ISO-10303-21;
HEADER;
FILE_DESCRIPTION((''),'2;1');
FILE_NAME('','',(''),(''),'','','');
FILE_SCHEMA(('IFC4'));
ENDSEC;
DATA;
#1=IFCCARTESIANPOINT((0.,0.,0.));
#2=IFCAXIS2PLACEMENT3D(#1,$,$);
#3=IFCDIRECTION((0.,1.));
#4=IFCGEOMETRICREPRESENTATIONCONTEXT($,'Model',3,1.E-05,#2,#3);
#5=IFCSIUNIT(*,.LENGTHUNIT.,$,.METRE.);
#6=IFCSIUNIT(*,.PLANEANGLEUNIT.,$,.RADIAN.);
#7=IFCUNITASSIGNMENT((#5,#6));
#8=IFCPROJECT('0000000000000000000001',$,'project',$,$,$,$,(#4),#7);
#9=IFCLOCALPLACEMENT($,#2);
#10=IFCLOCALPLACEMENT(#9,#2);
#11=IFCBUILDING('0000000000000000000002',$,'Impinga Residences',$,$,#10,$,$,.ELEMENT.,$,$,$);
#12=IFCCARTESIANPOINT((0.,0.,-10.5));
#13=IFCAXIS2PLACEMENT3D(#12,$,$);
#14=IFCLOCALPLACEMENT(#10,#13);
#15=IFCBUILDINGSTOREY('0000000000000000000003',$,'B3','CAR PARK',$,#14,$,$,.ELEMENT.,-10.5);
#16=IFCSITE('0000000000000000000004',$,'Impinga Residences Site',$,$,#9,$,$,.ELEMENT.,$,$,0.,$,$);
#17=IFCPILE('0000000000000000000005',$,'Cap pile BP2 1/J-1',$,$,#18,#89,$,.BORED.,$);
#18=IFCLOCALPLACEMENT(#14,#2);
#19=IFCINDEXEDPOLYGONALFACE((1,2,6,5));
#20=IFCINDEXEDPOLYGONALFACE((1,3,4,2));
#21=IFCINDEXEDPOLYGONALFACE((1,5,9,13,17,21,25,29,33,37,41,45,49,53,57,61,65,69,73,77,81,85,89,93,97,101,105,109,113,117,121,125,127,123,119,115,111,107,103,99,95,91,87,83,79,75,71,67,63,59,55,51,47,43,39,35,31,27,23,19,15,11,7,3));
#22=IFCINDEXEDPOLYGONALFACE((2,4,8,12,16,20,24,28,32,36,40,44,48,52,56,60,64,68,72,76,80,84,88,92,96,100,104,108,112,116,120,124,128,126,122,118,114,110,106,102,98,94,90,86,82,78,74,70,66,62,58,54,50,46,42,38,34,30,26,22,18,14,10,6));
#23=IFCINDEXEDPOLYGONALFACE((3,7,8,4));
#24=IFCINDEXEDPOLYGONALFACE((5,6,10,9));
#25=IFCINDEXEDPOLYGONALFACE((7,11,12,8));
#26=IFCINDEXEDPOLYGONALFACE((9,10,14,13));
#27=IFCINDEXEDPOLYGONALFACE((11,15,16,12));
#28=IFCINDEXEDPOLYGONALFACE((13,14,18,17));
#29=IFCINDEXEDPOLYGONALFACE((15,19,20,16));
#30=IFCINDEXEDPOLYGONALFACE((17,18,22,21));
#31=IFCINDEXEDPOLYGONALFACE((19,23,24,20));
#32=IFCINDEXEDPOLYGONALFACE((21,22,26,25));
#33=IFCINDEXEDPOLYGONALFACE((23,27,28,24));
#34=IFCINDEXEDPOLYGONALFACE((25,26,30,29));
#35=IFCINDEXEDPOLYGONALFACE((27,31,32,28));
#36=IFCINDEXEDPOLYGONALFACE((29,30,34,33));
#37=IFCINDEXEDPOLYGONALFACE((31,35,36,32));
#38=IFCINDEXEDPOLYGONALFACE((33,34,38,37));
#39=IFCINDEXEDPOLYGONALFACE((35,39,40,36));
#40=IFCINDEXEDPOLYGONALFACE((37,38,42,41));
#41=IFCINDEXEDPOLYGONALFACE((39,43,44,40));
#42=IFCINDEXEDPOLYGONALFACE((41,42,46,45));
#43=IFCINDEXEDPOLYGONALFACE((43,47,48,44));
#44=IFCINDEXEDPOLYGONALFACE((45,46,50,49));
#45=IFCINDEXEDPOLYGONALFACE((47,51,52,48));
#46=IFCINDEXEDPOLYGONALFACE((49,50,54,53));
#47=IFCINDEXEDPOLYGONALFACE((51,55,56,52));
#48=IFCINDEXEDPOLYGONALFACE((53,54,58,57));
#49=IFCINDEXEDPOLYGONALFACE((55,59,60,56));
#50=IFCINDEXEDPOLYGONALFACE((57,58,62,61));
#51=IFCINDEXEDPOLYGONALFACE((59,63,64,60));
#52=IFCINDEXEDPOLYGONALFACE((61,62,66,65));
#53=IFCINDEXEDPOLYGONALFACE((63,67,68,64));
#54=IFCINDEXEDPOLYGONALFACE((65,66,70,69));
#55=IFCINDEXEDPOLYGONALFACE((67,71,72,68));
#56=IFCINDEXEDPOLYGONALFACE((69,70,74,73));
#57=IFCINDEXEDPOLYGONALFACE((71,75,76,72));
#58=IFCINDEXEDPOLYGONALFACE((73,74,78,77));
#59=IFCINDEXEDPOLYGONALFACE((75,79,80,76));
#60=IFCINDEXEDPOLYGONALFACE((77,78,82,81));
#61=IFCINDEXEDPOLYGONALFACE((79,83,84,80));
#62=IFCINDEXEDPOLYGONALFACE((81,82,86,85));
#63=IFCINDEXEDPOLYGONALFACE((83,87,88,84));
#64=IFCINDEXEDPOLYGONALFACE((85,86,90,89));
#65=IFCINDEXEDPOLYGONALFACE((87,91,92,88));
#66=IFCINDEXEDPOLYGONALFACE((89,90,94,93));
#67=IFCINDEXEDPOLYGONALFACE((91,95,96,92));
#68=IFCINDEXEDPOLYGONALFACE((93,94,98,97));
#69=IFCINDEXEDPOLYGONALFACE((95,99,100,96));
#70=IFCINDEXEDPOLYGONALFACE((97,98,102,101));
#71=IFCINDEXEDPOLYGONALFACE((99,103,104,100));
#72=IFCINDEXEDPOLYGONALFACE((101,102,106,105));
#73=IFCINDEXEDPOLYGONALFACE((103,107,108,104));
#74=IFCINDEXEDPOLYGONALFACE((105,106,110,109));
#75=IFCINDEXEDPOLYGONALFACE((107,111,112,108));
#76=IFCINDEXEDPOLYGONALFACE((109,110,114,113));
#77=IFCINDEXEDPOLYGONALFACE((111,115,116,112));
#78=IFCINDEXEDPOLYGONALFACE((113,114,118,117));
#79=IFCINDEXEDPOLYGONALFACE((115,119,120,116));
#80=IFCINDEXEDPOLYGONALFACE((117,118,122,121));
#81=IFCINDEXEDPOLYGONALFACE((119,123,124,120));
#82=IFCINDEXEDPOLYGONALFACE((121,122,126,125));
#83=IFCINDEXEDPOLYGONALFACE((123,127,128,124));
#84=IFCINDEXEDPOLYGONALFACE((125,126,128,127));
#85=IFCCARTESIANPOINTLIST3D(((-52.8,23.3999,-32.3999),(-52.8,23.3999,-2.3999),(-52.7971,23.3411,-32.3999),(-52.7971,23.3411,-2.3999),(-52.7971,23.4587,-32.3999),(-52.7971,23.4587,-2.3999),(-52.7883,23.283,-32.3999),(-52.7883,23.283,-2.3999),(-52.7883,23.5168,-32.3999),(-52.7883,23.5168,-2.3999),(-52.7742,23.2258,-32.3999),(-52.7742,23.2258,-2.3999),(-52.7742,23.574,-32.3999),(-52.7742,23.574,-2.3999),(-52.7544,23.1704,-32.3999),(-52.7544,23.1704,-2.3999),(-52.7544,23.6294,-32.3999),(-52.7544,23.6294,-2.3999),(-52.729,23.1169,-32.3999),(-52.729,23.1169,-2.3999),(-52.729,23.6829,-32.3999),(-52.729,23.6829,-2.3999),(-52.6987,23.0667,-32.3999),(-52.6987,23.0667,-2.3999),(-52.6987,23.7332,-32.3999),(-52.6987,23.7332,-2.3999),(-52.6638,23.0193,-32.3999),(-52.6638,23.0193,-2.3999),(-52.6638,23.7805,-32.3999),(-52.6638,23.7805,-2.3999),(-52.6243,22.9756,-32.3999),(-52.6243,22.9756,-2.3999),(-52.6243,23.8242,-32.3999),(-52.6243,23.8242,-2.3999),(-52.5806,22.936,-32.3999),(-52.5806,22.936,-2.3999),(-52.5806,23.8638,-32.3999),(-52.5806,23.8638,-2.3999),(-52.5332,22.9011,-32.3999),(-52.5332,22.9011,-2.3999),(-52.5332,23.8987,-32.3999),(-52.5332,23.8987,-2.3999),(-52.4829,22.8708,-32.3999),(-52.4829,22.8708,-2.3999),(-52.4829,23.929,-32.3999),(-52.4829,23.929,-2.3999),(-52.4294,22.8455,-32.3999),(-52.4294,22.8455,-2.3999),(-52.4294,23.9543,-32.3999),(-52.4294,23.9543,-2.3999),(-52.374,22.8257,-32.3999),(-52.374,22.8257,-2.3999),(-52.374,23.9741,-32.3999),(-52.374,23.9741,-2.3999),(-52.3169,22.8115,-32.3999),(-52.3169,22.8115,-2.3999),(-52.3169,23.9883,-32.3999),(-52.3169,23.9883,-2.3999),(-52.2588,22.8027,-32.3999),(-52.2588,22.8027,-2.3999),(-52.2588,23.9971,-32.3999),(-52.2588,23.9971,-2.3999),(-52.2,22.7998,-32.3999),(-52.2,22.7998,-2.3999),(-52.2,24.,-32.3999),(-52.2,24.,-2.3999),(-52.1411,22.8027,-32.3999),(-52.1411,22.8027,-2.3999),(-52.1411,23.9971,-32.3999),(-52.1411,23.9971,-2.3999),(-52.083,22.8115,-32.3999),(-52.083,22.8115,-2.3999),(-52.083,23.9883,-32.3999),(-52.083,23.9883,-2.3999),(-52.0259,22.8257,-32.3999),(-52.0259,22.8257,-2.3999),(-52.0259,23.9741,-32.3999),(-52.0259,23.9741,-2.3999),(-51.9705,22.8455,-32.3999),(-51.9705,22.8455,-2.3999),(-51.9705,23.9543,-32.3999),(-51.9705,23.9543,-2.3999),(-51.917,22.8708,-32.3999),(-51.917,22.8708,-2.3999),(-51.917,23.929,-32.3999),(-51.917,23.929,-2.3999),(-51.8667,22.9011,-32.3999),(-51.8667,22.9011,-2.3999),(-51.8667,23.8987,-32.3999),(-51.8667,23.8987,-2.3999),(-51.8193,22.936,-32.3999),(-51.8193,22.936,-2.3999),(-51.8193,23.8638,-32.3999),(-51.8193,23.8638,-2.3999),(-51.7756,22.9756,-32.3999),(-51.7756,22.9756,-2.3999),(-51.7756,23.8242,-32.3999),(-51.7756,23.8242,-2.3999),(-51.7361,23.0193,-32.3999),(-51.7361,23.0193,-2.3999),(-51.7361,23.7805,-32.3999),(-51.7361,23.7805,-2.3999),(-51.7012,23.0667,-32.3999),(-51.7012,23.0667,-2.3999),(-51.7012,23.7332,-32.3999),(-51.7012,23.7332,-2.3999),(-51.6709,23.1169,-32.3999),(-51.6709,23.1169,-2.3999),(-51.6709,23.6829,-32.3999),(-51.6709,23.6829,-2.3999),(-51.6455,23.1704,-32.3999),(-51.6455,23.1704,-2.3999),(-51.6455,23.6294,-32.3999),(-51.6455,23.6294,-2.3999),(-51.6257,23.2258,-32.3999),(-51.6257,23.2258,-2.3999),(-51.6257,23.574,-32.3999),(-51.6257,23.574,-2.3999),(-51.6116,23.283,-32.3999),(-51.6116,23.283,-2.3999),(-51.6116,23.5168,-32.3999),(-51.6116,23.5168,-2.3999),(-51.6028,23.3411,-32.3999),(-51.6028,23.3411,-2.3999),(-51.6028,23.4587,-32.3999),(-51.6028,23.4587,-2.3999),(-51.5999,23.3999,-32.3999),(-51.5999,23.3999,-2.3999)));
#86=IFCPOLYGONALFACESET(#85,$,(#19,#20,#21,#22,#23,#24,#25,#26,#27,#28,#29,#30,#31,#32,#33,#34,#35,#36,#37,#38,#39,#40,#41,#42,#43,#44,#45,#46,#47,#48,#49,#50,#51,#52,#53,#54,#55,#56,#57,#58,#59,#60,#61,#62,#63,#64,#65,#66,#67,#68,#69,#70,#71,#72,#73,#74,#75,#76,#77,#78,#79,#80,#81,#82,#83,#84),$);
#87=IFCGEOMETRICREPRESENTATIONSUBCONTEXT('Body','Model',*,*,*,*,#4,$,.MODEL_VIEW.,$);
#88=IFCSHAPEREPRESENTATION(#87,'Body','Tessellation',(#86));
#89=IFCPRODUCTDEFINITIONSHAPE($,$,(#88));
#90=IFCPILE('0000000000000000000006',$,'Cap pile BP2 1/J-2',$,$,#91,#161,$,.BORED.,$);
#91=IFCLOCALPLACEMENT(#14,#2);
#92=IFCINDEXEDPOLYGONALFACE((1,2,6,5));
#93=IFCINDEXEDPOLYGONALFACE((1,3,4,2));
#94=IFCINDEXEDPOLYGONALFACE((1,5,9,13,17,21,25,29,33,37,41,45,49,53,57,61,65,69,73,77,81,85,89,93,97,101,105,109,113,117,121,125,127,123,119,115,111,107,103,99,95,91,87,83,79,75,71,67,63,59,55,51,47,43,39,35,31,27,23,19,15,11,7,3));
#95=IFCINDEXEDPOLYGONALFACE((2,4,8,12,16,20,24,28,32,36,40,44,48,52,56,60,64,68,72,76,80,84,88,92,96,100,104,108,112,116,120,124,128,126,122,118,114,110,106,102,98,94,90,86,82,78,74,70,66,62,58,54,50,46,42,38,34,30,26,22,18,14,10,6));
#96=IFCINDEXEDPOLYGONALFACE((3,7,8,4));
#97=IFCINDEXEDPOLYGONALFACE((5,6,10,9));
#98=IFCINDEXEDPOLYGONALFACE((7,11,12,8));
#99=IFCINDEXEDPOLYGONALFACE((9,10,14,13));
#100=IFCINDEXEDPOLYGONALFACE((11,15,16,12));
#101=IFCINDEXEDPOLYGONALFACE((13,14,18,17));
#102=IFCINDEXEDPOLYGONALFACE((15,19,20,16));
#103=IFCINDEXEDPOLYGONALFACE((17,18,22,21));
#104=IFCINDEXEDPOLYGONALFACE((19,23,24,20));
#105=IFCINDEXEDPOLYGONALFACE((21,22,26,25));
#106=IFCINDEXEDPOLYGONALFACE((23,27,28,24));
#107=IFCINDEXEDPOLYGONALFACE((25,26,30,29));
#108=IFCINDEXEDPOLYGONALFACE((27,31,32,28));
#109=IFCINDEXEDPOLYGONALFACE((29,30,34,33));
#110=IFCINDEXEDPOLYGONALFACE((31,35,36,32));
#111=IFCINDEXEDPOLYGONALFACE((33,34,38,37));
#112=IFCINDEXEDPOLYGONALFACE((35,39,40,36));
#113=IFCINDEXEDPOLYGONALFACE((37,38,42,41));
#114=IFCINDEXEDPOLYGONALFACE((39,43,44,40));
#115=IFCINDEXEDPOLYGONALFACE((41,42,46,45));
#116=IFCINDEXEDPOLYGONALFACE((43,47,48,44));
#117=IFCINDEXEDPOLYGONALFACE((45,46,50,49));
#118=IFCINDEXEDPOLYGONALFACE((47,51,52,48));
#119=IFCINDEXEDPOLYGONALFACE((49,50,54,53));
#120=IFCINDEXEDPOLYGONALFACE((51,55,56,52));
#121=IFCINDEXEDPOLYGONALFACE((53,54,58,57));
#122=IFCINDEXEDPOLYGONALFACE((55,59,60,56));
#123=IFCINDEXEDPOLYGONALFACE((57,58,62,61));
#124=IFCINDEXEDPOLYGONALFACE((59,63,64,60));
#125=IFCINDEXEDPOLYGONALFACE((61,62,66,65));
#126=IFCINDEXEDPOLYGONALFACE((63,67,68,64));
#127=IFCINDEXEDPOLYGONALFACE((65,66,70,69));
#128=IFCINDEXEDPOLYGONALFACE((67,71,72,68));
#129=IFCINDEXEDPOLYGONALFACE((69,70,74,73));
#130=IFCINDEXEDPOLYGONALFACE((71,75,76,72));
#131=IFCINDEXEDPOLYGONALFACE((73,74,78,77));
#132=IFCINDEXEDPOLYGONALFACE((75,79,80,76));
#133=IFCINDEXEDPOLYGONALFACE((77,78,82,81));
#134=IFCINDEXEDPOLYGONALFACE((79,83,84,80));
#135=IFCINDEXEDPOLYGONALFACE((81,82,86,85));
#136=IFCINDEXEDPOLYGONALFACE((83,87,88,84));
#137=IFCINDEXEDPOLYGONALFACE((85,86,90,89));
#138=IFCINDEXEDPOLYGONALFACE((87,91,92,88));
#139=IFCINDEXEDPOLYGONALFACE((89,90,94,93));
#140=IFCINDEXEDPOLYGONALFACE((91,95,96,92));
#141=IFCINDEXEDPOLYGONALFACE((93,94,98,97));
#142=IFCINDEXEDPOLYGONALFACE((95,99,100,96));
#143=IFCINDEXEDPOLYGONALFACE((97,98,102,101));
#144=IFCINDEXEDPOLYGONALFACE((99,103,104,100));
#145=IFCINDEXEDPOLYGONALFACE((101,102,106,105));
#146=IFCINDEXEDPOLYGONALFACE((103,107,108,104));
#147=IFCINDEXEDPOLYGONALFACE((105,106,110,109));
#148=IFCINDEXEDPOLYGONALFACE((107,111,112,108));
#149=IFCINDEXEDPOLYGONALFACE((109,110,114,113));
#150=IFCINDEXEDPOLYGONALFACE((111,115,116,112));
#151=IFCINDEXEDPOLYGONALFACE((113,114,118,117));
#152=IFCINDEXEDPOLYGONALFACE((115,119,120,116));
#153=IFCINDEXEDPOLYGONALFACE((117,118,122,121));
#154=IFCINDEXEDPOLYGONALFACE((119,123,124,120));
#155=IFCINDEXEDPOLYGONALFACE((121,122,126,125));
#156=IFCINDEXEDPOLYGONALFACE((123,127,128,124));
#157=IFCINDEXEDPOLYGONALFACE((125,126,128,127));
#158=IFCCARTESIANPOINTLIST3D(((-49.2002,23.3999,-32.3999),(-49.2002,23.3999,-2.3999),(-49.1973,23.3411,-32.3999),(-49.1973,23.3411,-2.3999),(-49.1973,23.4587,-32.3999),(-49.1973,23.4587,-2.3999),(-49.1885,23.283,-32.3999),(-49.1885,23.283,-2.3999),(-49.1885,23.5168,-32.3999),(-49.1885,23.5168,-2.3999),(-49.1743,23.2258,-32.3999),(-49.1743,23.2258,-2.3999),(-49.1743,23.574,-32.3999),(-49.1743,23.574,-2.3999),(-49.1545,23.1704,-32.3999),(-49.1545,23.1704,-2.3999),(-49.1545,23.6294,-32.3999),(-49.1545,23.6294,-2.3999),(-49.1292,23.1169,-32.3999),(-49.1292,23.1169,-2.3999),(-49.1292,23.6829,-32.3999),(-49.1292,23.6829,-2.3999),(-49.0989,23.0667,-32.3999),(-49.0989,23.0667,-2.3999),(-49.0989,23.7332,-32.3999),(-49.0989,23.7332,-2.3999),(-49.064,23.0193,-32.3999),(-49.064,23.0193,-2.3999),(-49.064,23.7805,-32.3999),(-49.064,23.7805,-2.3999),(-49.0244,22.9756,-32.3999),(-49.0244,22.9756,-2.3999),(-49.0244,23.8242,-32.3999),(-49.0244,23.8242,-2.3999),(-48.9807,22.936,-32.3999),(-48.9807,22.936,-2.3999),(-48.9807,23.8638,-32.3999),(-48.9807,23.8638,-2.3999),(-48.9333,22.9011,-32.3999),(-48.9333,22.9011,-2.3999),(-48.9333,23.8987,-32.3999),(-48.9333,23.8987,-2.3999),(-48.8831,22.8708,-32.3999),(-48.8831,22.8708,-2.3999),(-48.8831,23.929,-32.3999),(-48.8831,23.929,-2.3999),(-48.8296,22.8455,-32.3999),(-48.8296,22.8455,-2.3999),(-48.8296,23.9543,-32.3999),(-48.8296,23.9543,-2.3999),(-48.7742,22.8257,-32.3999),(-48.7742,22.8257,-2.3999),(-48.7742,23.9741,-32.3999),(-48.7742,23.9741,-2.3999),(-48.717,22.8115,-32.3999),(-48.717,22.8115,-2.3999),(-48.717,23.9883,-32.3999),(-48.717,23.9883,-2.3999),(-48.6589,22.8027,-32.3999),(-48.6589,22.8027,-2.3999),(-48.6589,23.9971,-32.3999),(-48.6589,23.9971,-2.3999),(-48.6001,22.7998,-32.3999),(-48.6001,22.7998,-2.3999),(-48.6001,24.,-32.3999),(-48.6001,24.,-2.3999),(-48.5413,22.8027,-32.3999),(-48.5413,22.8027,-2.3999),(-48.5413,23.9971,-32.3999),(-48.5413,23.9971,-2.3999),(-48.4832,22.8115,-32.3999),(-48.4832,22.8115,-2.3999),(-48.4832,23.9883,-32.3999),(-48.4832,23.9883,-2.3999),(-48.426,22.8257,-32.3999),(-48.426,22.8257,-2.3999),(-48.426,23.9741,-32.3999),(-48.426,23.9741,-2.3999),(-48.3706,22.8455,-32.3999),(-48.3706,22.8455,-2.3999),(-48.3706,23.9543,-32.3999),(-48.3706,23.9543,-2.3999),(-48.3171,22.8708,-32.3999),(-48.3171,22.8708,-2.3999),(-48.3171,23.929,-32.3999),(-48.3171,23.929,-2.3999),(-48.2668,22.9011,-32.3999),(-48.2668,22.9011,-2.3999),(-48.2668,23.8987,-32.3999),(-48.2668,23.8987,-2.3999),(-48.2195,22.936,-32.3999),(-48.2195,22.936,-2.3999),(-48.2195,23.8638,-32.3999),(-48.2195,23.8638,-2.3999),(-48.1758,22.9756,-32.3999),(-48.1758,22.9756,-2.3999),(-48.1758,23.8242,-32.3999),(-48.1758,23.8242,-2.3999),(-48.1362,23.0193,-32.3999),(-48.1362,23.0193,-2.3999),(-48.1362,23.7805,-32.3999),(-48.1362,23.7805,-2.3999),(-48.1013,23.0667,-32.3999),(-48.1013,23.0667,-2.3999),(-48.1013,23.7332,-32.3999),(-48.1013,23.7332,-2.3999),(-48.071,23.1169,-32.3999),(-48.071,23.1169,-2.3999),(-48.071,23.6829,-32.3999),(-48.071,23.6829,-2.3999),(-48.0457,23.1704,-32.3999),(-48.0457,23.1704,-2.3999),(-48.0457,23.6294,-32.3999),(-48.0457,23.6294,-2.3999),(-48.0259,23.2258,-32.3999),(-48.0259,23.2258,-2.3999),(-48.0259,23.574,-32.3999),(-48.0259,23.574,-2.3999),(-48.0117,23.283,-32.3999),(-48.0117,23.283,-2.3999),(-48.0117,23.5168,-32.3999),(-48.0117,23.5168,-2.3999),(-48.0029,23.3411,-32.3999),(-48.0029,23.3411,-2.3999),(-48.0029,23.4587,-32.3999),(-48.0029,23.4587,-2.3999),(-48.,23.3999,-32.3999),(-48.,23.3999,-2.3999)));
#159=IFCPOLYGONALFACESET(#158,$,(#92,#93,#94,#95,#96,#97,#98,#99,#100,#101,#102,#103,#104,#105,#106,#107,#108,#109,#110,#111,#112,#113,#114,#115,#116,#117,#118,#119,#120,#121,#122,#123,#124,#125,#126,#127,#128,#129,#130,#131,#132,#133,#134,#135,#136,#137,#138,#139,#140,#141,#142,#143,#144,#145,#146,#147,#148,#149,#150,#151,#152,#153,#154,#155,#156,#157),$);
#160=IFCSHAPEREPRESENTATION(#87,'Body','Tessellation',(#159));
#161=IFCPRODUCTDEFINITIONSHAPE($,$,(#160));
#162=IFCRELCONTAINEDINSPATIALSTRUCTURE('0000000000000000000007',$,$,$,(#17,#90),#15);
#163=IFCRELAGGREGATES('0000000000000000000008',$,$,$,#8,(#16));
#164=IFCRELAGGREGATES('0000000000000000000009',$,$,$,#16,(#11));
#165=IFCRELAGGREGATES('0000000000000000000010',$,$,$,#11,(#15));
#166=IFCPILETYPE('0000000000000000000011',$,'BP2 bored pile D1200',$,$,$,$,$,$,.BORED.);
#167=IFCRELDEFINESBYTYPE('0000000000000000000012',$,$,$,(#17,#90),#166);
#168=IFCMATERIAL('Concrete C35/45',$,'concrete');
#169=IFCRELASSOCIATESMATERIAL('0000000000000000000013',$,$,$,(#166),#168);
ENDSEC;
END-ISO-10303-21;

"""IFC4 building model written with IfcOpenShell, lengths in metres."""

from ifc_helpers import new_model, si_unit, direction, frame, origin, origin_2d, place, context, subcontext, project, spatial, polyline, circle, outline, extrude, material, material_profile, profile_set, type_object, element, save


model = new_model("IFC4")

# Units and contexts
model_context = context("Model", 3, precision=1e-05, world=origin(), true_north=direction((0.0, 1.0)))
body_context = subcontext(model_context, "Body", "Model", "MODEL_VIEW")
ifc_project = project(units=[si_unit("LENGTHUNIT", "METRE"), si_unit("PLANEANGLEUNIT", "RADIAN")], contexts=[model_context])

# Site, building, storey
site_placement = place(None, origin())
site = spatial("IfcSite", under=ifc_project, at=site_placement, Name="Impinga Residences Site", CompositionType="ELEMENT", RefElevation=0.0)
building_placement = place(site_placement, origin())
building = spatial("IfcBuilding", under=site, at=building_placement, Name="Impinga Residences", CompositionType="ELEMENT")
storey_placement = place(building_placement, frame((0.0, 0.0, -10.5)))
storey = spatial("IfcBuildingStorey", under=building, at=storey_placement, Name="B3", Description="CAR PARK", CompositionType="ELEMENT", Elevation=-10.5)

# Piles
ifc_material_1 = material(Name="Concrete C35/45", Category="concrete")
ifc_material_profile_1 = material_profile(ifc_material_1, circle(Radius=0.6001, at=origin_2d()), Name="D1200")
ifc_profile_set_1 = profile_set([ifc_material_profile_1], Name="Concrete C35/45")
pile_type = type_object("IfcPileType", Name="BP2 bored pile D1200", PredefinedType="BORED", material=ifc_profile_set_1)
pile_1_placement = place(storey_placement, frame((-52.2, 23.3999, -2.3999), z_axis=(0.0, 0.0, -1.0), x_axis=(1.0, 0.0, 0.0)))
element("IfcPile", 1, at=pile_1_placement, inside=storey, type_object=pile_type, Name="Cap pile BP2 1/J-1", PredefinedType="BORED", context=body_context, shape_type="SweptSolid", body=[
    extrude(outline(polyline([(0.6001, 0.0), (0.5972, 0.0588), (0.5884, 0.1169), (0.5742, 0.1741), (0.5544, 0.2295), (0.5291, 0.283), (0.4988, 0.3333), (0.4639, 0.3806), (0.4243, 0.4243), (0.3806, 0.4639), (0.3333, 0.4988), (0.283, 0.5291), (0.2295, 0.5544), (0.1741, 0.5742), (0.1169, 0.5884), (0.0588, 0.5972), (0.0, 0.6001), (-0.0588, 0.5972), (-0.1169, 0.5884), (-0.1741, 0.5742), (-0.2295, 0.5544), (-0.283, 0.5291), (-0.3333, 0.4988), (-0.3806, 0.4639), (-0.4243, 0.4243), (-0.4639, 0.3806), (-0.4988, 0.3333), (-0.5291, 0.283), (-0.5544, 0.2295), (-0.5742, 0.1741), (-0.5884, 0.1169), (-0.5972, 0.0588), (-0.6001, 0.0), (-0.5972, -0.0588), (-0.5884, -0.1169), (-0.5742, -0.1741), (-0.5544, -0.2295), (-0.5291, -0.283), (-0.4988, -0.3333), (-0.4639, -0.3806), (-0.4243, -0.4243), (-0.3806, -0.4639), (-0.3333, -0.4988), (-0.283, -0.5291), (-0.2295, -0.5544), (-0.1741, -0.5742), (-0.1169, -0.5884), (-0.0588, -0.5972), (0.0, -0.6001), (0.0588, -0.5972), (0.1169, -0.5884), (0.1741, -0.5742), (0.2295, -0.5544), (0.283, -0.5291), (0.3333, -0.4988), (0.3806, -0.4639), (0.4243, -0.4243), (0.4639, -0.3806), (0.4988, -0.3333), (0.5291, -0.283), (0.5544, -0.2295), (0.5742, -0.1741), (0.5884, -0.1169), (0.5972, -0.0588), (0.6001, 0.0)])), origin(), (0.0, 0.0, 1.0), 30.0),
])
pile_2_placement = place(storey_placement, frame((-48.6001, 23.3999, -2.3999), z_axis=(0.0, 0.0, -1.0), x_axis=(1.0, 0.0, 0.0)))
element("IfcPile", 2, at=pile_2_placement, inside=storey, type_object=pile_type, Name="Cap pile BP2 1/J-2", PredefinedType="BORED", context=body_context, shape_type="SweptSolid", body=[
    extrude(outline(polyline([(0.6001, 0.0), (0.5972, 0.0588), (0.5884, 0.1169), (0.5742, 0.1741), (0.5544, 0.2295), (0.5291, 0.283), (0.4988, 0.3333), (0.4639, 0.3806), (0.4243, 0.4243), (0.3806, 0.4639), (0.3333, 0.4988), (0.283, 0.5291), (0.2295, 0.5544), (0.1741, 0.5742), (0.1169, 0.5884), (0.0588, 0.5972), (0.0, 0.6001), (-0.0588, 0.5972), (-0.1169, 0.5884), (-0.1741, 0.5742), (-0.2295, 0.5544), (-0.283, 0.5291), (-0.3333, 0.4988), (-0.3806, 0.4639), (-0.4243, 0.4243), (-0.4639, 0.3806), (-0.4988, 0.3333), (-0.5291, 0.283), (-0.5544, 0.2295), (-0.5742, 0.1741), (-0.5884, 0.1169), (-0.5972, 0.0588), (-0.6001, 0.0), (-0.5972, -0.0588), (-0.5884, -0.1169), (-0.5742, -0.1741), (-0.5544, -0.2295), (-0.5291, -0.283), (-0.4988, -0.3333), (-0.4639, -0.3806), (-0.4243, -0.4243), (-0.3806, -0.4639), (-0.3333, -0.4988), (-0.283, -0.5291), (-0.2295, -0.5544), (-0.1741, -0.5742), (-0.1169, -0.5884), (-0.0588, -0.5972), (0.0, -0.6001), (0.0588, -0.5972), (0.1169, -0.5884), (0.1741, -0.5742), (0.2295, -0.5544), (0.283, -0.5291), (0.3333, -0.4988), (0.3806, -0.4639), (0.4243, -0.4243), (0.4639, -0.3806), (0.4988, -0.3333), (0.5291, -0.283), (0.5544, -0.2295), (0.5742, -0.1741), (0.5884, -0.1169), (0.5972, -0.0588), (0.6001, 0.0)])), origin(), (0.0, 0.0, 1.0), 30.0),
])

save(model, "model.ifc")
